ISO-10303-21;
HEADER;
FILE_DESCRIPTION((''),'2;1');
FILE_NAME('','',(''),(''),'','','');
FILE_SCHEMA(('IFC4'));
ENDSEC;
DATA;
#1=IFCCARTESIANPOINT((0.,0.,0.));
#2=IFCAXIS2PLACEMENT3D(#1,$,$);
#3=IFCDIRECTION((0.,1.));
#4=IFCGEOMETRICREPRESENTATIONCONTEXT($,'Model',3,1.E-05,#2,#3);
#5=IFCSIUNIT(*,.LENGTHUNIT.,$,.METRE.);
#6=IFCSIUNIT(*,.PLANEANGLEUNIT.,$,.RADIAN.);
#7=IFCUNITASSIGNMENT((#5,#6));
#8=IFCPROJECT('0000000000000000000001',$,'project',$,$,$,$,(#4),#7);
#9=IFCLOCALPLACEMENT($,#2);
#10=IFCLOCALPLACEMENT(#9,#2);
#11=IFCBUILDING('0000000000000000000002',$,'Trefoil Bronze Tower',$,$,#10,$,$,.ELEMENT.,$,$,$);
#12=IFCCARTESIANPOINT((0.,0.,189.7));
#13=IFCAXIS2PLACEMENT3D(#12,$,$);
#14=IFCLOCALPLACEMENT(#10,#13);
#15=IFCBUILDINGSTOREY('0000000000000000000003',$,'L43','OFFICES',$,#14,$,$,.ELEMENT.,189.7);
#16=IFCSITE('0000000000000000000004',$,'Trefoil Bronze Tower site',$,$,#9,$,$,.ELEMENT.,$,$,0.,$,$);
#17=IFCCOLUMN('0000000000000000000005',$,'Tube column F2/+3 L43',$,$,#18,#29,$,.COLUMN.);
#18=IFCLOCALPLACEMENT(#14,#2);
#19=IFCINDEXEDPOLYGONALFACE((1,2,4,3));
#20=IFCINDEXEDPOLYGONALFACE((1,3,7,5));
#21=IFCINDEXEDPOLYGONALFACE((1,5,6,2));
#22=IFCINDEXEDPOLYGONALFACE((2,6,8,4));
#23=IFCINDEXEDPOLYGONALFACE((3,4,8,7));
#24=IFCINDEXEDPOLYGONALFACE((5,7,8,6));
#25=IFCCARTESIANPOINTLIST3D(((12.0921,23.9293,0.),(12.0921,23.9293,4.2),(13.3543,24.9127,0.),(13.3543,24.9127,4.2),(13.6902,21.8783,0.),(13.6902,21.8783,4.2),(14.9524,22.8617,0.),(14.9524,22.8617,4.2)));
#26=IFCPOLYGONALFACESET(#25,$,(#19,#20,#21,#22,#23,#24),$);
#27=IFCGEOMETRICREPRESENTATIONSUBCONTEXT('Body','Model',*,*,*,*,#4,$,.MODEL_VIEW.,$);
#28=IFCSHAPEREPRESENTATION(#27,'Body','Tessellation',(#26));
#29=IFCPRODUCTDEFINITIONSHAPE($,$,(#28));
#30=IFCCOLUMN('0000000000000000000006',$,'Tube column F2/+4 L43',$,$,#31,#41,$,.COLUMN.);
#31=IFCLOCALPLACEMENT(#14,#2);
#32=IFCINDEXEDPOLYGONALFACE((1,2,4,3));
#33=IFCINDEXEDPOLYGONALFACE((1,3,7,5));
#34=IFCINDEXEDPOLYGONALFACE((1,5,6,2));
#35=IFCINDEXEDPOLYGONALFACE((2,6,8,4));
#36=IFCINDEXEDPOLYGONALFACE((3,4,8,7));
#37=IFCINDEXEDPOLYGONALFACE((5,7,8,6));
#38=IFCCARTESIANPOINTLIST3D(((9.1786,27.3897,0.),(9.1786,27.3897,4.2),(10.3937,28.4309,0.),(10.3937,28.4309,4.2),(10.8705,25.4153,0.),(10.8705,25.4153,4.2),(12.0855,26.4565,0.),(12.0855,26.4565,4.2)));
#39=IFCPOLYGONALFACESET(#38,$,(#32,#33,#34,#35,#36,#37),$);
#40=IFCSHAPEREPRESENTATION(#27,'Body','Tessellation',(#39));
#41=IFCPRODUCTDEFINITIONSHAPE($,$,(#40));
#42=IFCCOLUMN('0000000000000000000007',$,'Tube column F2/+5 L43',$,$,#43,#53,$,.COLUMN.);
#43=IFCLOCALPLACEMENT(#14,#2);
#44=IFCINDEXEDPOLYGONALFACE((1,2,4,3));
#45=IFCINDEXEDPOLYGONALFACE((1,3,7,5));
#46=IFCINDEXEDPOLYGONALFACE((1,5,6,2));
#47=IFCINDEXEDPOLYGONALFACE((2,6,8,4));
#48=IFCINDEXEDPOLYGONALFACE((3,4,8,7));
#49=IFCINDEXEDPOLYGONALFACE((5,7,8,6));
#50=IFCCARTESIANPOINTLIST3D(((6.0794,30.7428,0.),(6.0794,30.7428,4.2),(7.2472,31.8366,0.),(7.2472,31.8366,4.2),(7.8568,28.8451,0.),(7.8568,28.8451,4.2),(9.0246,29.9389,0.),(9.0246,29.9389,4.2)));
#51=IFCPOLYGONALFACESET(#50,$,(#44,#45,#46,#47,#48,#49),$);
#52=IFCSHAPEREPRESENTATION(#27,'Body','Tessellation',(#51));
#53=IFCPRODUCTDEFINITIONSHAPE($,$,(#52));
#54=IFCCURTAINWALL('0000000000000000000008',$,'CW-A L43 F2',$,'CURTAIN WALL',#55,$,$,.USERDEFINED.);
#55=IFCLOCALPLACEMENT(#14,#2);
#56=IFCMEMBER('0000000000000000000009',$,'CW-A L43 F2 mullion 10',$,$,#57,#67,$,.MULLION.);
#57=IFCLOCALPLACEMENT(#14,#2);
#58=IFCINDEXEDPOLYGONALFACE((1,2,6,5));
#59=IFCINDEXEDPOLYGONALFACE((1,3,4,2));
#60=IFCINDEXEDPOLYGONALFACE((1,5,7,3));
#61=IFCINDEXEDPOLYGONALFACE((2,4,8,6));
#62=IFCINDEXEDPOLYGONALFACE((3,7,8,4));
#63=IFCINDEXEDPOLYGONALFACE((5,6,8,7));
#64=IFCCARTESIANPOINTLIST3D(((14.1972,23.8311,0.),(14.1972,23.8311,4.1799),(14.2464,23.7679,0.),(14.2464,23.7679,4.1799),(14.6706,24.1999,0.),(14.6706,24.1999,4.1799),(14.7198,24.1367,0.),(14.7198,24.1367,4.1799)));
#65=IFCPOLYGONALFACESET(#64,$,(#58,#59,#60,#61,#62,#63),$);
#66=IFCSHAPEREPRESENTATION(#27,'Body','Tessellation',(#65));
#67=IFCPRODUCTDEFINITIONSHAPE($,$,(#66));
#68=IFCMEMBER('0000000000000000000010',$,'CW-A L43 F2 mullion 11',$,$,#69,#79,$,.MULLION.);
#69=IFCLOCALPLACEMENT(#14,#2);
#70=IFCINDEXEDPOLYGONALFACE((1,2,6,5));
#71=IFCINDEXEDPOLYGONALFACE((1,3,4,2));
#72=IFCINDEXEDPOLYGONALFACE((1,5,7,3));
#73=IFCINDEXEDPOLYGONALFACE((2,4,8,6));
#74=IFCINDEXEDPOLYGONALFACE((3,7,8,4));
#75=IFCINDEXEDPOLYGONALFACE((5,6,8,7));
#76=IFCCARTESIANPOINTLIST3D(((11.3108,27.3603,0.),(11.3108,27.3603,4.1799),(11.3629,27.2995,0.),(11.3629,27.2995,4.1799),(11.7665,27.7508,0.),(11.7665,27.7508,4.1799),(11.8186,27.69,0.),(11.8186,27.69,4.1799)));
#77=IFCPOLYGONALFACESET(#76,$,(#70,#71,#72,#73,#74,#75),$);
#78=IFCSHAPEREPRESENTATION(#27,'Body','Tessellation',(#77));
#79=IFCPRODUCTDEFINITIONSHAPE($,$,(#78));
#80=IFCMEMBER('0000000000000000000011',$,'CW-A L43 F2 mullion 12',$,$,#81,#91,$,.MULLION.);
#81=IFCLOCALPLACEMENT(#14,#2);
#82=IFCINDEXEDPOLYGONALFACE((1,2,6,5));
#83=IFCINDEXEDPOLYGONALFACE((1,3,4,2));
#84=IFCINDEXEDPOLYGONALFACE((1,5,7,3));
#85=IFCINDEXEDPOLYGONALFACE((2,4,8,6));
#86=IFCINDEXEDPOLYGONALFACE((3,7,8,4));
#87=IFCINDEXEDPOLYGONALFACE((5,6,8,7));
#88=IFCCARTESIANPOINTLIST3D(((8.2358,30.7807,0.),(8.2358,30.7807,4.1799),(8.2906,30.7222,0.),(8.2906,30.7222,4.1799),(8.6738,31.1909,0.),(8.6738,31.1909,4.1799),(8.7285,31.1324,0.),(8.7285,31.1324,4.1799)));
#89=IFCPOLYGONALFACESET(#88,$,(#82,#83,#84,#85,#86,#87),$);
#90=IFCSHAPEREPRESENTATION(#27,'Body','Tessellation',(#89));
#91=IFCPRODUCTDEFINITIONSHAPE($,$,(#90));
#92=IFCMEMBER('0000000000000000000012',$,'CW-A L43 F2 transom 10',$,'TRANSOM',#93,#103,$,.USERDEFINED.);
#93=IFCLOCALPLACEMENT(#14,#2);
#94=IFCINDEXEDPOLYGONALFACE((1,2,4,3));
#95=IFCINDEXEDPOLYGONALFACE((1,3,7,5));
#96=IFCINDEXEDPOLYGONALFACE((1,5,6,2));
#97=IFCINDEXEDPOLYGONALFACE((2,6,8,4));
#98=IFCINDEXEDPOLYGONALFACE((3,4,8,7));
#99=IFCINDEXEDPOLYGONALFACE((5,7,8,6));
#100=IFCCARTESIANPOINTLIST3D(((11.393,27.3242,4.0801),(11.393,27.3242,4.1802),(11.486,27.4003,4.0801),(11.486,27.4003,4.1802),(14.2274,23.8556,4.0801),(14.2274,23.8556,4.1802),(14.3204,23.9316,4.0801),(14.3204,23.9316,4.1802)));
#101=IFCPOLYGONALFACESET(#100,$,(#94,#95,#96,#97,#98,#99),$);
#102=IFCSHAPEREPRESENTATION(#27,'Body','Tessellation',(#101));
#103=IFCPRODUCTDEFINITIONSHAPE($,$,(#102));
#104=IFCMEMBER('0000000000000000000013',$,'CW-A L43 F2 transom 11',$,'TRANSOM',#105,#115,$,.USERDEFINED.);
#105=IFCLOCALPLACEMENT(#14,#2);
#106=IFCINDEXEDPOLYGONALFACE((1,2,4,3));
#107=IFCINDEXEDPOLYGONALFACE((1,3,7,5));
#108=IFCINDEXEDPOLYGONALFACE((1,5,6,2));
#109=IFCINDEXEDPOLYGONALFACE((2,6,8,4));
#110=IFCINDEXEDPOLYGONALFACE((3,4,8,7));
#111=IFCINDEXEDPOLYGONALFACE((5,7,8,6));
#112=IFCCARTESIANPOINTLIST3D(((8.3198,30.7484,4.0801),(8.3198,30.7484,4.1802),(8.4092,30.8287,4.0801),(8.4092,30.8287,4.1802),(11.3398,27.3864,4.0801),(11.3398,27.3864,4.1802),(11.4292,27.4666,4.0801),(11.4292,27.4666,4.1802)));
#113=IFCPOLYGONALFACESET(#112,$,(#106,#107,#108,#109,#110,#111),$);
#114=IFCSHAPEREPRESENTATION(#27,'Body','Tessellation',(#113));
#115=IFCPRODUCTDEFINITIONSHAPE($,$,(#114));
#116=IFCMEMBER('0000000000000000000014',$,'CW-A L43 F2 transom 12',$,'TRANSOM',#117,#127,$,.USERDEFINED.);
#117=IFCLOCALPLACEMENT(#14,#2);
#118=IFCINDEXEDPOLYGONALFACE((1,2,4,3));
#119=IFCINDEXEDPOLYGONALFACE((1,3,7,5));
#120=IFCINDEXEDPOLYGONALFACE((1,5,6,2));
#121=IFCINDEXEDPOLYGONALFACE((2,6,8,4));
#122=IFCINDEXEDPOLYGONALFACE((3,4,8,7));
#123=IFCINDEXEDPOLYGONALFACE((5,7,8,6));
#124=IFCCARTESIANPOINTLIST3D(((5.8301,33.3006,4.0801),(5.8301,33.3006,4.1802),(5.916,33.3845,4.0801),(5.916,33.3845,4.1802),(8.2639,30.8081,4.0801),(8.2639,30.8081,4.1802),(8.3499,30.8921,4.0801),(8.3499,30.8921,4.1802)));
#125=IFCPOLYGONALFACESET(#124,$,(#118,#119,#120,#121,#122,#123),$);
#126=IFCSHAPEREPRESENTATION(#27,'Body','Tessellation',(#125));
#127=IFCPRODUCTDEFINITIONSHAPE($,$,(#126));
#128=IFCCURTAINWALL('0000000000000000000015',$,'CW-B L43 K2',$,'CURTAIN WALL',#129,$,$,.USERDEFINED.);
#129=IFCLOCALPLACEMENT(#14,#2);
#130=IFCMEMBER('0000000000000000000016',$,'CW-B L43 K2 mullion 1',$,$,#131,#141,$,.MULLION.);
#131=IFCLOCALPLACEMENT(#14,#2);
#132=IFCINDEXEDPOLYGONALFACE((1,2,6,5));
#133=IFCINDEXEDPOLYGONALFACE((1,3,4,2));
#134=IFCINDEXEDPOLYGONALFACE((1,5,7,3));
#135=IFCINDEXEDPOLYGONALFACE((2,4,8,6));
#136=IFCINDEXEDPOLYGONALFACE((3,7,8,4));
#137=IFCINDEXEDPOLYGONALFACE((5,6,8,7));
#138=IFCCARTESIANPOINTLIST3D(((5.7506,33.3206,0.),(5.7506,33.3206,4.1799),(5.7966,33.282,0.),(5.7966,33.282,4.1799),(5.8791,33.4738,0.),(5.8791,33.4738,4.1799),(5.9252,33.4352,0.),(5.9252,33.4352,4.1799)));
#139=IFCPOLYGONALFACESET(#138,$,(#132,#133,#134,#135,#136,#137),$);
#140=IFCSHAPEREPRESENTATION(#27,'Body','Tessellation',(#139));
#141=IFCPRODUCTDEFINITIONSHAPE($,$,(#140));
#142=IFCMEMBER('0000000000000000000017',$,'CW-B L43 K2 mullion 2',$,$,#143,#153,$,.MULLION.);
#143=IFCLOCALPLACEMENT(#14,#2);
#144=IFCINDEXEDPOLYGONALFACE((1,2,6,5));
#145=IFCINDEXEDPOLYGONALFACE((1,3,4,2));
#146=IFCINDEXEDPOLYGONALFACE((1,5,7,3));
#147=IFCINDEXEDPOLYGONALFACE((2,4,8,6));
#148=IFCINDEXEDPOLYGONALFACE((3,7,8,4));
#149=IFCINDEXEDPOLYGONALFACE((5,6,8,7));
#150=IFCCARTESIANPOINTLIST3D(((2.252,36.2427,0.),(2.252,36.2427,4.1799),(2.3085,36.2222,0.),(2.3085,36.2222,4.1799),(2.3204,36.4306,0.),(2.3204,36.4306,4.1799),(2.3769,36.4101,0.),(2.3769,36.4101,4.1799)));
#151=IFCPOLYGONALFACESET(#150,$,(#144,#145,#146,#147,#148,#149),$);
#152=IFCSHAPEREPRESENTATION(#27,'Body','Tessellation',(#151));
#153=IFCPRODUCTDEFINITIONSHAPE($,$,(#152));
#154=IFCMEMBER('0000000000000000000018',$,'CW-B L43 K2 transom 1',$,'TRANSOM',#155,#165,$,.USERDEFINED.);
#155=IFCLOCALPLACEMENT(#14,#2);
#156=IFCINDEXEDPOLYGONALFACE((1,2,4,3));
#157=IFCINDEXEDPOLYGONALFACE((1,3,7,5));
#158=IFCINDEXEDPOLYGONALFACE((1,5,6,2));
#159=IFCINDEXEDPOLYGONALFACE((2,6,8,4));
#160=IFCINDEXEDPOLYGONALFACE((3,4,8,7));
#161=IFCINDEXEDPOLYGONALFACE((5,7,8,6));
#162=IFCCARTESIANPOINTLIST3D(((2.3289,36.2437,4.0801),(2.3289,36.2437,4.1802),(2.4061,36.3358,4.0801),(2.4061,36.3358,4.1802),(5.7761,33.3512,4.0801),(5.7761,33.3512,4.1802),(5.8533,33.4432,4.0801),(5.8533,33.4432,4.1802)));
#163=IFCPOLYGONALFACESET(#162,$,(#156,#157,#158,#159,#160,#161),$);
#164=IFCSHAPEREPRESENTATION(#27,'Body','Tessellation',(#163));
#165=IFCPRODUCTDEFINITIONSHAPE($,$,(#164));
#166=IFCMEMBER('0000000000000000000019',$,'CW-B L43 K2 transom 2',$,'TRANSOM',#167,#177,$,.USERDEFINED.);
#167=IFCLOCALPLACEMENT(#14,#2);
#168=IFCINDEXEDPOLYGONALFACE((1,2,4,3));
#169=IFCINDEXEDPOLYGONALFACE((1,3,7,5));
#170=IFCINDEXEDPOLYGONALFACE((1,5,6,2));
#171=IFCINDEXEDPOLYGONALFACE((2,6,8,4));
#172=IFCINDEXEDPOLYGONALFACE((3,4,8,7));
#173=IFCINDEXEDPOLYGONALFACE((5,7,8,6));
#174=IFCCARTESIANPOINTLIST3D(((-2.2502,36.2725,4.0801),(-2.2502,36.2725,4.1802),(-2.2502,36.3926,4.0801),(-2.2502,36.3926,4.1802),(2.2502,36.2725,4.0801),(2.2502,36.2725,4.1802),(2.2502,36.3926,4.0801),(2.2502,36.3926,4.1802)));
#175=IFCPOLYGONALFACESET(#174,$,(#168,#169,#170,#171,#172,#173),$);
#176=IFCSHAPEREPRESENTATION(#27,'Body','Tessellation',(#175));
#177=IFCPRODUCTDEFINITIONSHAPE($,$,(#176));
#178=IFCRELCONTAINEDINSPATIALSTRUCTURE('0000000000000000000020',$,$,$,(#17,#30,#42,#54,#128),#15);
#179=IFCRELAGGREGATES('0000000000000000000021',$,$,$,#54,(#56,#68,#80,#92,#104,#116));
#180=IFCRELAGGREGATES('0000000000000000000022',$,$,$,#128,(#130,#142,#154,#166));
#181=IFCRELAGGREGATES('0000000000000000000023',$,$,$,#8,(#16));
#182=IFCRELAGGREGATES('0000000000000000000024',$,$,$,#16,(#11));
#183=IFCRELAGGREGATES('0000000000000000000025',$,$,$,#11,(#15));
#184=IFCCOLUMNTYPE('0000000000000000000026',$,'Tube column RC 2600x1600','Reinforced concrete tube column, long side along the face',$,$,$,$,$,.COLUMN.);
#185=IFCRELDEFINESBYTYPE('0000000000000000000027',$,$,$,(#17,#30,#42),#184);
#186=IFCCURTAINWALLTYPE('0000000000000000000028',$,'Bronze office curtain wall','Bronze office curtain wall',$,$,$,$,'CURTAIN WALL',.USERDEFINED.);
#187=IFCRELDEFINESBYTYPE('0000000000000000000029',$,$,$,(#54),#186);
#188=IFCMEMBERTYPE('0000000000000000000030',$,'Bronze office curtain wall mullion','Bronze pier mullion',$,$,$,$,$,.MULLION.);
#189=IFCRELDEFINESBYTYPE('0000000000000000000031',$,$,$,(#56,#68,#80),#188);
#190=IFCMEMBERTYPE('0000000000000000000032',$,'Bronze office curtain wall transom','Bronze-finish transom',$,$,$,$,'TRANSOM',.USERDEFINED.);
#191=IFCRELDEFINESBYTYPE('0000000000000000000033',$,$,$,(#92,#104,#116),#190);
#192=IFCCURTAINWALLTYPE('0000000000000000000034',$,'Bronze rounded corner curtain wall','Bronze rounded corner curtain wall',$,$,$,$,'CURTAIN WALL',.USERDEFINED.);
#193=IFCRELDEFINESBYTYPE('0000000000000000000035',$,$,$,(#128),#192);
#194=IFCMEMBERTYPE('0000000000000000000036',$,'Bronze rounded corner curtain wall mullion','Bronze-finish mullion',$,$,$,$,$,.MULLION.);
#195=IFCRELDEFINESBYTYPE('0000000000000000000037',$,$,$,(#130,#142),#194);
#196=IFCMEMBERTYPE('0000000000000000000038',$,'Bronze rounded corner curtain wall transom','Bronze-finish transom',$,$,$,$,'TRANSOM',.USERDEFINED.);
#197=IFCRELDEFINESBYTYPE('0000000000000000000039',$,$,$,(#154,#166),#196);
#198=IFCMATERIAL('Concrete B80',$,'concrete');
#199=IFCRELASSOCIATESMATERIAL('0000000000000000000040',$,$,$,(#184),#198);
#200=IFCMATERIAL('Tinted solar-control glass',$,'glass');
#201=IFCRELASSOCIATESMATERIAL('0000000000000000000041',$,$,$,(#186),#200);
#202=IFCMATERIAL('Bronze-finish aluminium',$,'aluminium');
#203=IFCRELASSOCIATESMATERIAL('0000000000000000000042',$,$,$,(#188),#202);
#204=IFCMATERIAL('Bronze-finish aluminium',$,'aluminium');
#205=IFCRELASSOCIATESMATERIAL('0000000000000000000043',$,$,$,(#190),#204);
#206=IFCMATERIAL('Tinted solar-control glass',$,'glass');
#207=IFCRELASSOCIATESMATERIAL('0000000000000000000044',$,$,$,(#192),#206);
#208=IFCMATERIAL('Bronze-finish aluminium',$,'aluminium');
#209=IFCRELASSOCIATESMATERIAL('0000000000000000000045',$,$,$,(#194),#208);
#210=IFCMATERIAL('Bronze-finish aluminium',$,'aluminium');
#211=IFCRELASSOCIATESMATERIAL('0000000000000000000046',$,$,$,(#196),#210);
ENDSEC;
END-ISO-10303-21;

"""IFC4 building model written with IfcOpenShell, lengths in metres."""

from ifc_helpers import new_model, si_unit, direction, frame, origin, origin_2d, place, context, subcontext, project, spatial, rectangle, extrude, material, material_profile, profile_set, type_object, element, aggregate, save


model = new_model("IFC4")

# Units and contexts
model_context = context("Model", 3, precision=1e-05, world=origin(), true_north=direction((0.0, 1.0)))
body_context = subcontext(model_context, "Body", "Model", "MODEL_VIEW")
ifc_project = project(units=[si_unit("LENGTHUNIT", "METRE"), si_unit("PLANEANGLEUNIT", "RADIAN")], contexts=[model_context])

# Site, building, storey
site_placement = place(None, origin())
site = spatial("IfcSite", under=ifc_project, at=site_placement, Name="Trefoil Bronze Tower site", CompositionType="ELEMENT", RefElevation=0.0)
building_placement = place(site_placement, origin())
building = spatial("IfcBuilding", under=site, at=building_placement, Name="Trefoil Bronze Tower", CompositionType="ELEMENT")
storey_placement = place(building_placement, frame((0.0, 0.0, 189.7)))
storey = spatial("IfcBuildingStorey", under=building, at=storey_placement, Name="L43", Description="OFFICES", CompositionType="ELEMENT", Elevation=189.7)

# Columns
ifc_material_1 = material(Name="Concrete B80", Category="concrete")
ifc_material_profile_1 = material_profile(ifc_material_1, rectangle(XDim=2.6001, YDim=1.6001, at=origin_2d()), Name="RC 2600x1600")
ifc_profile_set_1 = profile_set([ifc_material_profile_1], Name="Concrete B80")
column_type = type_object("IfcColumnType", Name="Tube column RC 2600x1600", Description="Reinforced concrete tube column, long side along the face", PredefinedType="COLUMN", material=ifc_profile_set_1)
for number, where, z_axis, x_axis, name in (
    (1, (13.5222, 23.3955, 0.0), (0.0, 0.0, 1.0), (-0.614622, 0.788821, 0.0), "Tube column F2/+3 L43"),
    (2, (10.6321, 26.9231, 0.0), (0.0, 0.0, 1.0), (-0.650677, 0.759355, 0.0), "Tube column F2/+4 L43"),
    (3, (7.552, 30.3408, 0.0), (0.0, 0.0, 1.0), (-0.683597, 0.72986, 0.0), "Tube column F2/+5 L43"),
):
    element("IfcColumn", number, at=place(storey_placement, frame(where, z_axis=z_axis, x_axis=x_axis)), inside=storey, type_object=column_type, Name=name, PredefinedType="COLUMN", context=body_context, shape_type="SweptSolid", body=[
        extrude(rectangle(XDim=2.6001, YDim=1.6001, at=origin_2d()), origin(), (0.0, 0.0, 1.0), 4.2),
    ])

# Curtain walls, members
ifc_material_2 = material(Name="Tinted solar-control glass", Category="glass")
curtain_wall_type_1 = type_object("IfcCurtainWallType", Name="Bronze office curtain wall", Description="Bronze office curtain wall", ElementType="CURTAIN WALL", PredefinedType="USERDEFINED", material=ifc_material_2)
curtain_wall_1_placement = place(storey_placement, origin())
curtain_wall_1 = element("IfcCurtainWall", 4, at=curtain_wall_1_placement, inside=storey, type_object=curtain_wall_type_1, Name="CW-A L43 F2", ObjectType="CURTAIN WALL", PredefinedType="USERDEFINED")
ifc_material_3 = material(Name="Bronze-finish aluminium", Category="aluminium")
ifc_material_profile_2 = material_profile(ifc_material_3, rectangle(XDim=0.6001, YDim=0.0801, at=origin_2d()), Name="CW-A mullion")
ifc_profile_set_2 = profile_set([ifc_material_profile_2], Name="Bronze-finish aluminium")
member_type_1 = type_object("IfcMemberType", Name="Bronze office curtain wall mullion", Description="Bronze pier mullion", PredefinedType="MULLION", material=ifc_profile_set_2)
member_1_placement = place(storey_placement, frame((14.4585, 23.9839, 0.0), z_axis=(0.0, 0.0, 1.0), x_axis=(-0.788821, -0.614622, 0.0)))
member_1 = element("IfcMember", 5, at=member_1_placement, type_object=member_type_1, Name="CW-A L43 F2 mullion 10", PredefinedType="MULLION", context=body_context, shape_type="SweptSolid", body=[
    extrude(rectangle(XDim=0.6001, YDim=0.0801, at=origin_2d()), origin(), (0.0, 0.0, 1.0), 4.1799),
])
member_2_placement = place(storey_placement, frame((11.5647, 27.5251, 0.0), z_axis=(0.0, 0.0, 1.0), x_axis=(-0.759355, -0.650677, 0.0)))
member_2 = element("IfcMember", 6, at=member_2_placement, type_object=member_type_1, Name="CW-A L43 F2 mullion 11", PredefinedType="MULLION", context=body_context, shape_type="SweptSolid", body=[
    extrude(rectangle(XDim=0.6001, YDim=0.0801, at=origin_2d()), origin(), (0.0, 0.0, 1.0), 4.1799),
])
member_3_placement = place(storey_placement, frame((8.4822, 30.9565, 0.0), z_axis=(0.0, 0.0, 1.0), x_axis=(-0.72986, -0.683597, 0.0)))
member_3 = element("IfcMember", 7, at=member_3_placement, type_object=member_type_1, Name="CW-A L43 F2 mullion 12", PredefinedType="MULLION", context=body_context, shape_type="SweptSolid", body=[
    extrude(rectangle(XDim=0.6001, YDim=0.0801, at=origin_2d()), origin(), (0.0, 0.0, 1.0), 4.1799),
])
ifc_material_4 = material(Name="Bronze-finish aluminium", Category="aluminium")
ifc_material_profile_3 = material_profile(ifc_material_4, rectangle(XDim=0.1201, YDim=0.1001, at=origin_2d()), Name="CW-A transom")
ifc_profile_set_3 = profile_set([ifc_material_profile_3], Name="Bronze-finish aluminium")
member_type_2 = type_object("IfcMemberType", Name="Bronze office curtain wall transom", Description="Bronze-finish transom", ElementType="TRANSOM", PredefinedType="USERDEFINED", material=ifc_profile_set_3)
member_4_placement = place(storey_placement, frame((14.2739, 23.8936, 4.1301), z_axis=(-0.632757, 0.774351, 0.0), x_axis=(-0.774351, -0.632757, 0.0)))
member_4 = element("IfcMember", 8, at=member_4_placement, type_object=member_type_2, Name="CW-A L43 F2 transom 10", ObjectType="TRANSOM", PredefinedType="USERDEFINED", context=body_context, shape_type="SweptSolid", body=[
    extrude(rectangle(XDim=0.1201, YDim=0.1001, at=origin_2d()), origin(), (0.0, 0.0, 1.0), 4.4795),
])
member_5_placement = place(storey_placement, frame((11.3845, 27.4265, 4.1301), z_axis=(-0.668251, 0.743936, 0.0), x_axis=(-0.743936, -0.668251, 0.0)))
member_5 = element("IfcMember", 9, at=member_5_placement, type_object=member_type_2, Name="CW-A L43 F2 transom 11", ObjectType="TRANSOM", PredefinedType="USERDEFINED", context=body_context, shape_type="SweptSolid", body=[
    extrude(rectangle(XDim=0.1201, YDim=0.1001, at=origin_2d()), origin(), (0.0, 0.0, 1.0), 4.5193),
])
member_6_placement = place(storey_placement, frame((8.3069, 30.8501, 4.1301), z_axis=(-0.698647, 0.715467, 0.0), x_axis=(-0.715467, -0.698647, 0.0)))
member_6 = element("IfcMember", 10, at=member_6_placement, type_object=member_type_2, Name="CW-A L43 F2 transom 12", ObjectType="TRANSOM", PredefinedType="USERDEFINED", context=body_context, shape_type="SweptSolid", body=[
    extrude(rectangle(XDim=0.1201, YDim=0.1001, at=origin_2d()), origin(), (0.0, 0.0, 1.0), 3.4836),
])
ifc_material_5 = material(Name="Tinted solar-control glass", Category="glass")
curtain_wall_type_2 = type_object("IfcCurtainWallType", Name="Bronze rounded corner curtain wall", Description="Bronze rounded corner curtain wall", ElementType="CURTAIN WALL", PredefinedType="USERDEFINED", material=ifc_material_5)
curtain_wall_2_placement = place(storey_placement, origin())
curtain_wall_2 = element("IfcCurtainWall", 11, at=curtain_wall_2_placement, inside=storey, type_object=curtain_wall_type_2, Name="CW-B L43 K2", ObjectType="CURTAIN WALL", PredefinedType="USERDEFINED")
ifc_material_6 = material(Name="Bronze-finish aluminium", Category="aluminium")
ifc_material_profile_4 = material_profile(ifc_material_6, rectangle(XDim=0.2, YDim=0.0601, at=origin_2d()), Name="CW-B mullion")
ifc_profile_set_4 = profile_set([ifc_material_profile_4], Name="Bronze-finish aluminium")
member_type_3 = type_object("IfcMemberType", Name="Bronze rounded corner curtain wall mullion", Description="Bronze-finish mullion", PredefinedType="MULLION", material=ifc_profile_set_4)
member_7_placement = place(storey_placement, frame((5.8379, 33.3779, 0.0), z_axis=(0.0, 0.0, 1.0), x_axis=(-0.642788, -0.766044, 0.0)))
member_7 = element("IfcMember", 12, at=member_7_placement, type_object=member_type_3, Name="CW-B L43 K2 mullion 1", PredefinedType="MULLION", context=body_context, shape_type="SweptSolid", body=[
    extrude(rectangle(XDim=0.2, YDim=0.0601, at=origin_2d()), origin(), (0.0, 0.0, 1.0), 4.1799),
])
member_8_placement = place(storey_placement, frame((2.3145, 36.3264, 0.0), z_axis=(0.0, 0.0, 1.0), x_axis=(-0.34202, -0.939693, 0.0)))
member_8 = element("IfcMember", 13, at=member_8_placement, type_object=member_type_3, Name="CW-B L43 K2 mullion 2", PredefinedType="MULLION", context=body_context, shape_type="SweptSolid", body=[
    extrude(rectangle(XDim=0.2, YDim=0.0601, at=origin_2d()), origin(), (0.0, 0.0, 1.0), 4.1799),
])
ifc_material_7 = material(Name="Bronze-finish aluminium", Category="aluminium")
ifc_material_profile_5 = material_profile(ifc_material_7, rectangle(XDim=0.1201, YDim=0.1001, at=origin_2d()), Name="CW-B transom")
ifc_profile_set_5 = profile_set([ifc_material_profile_5], Name="Bronze-finish aluminium")
member_type_4 = type_object("IfcMemberType", Name="Bronze rounded corner curtain wall transom", Description="Bronze-finish transom", ElementType="TRANSOM", PredefinedType="USERDEFINED", material=ifc_profile_set_5)
member_9_placement = place(storey_placement, frame((5.8147, 33.3972, 4.1301), z_axis=(-0.766047, 0.642785, 0.0), x_axis=(-0.642785, -0.766047, 0.0)))
member_9 = element("IfcMember", 14, at=member_9_placement, type_object=member_type_4, Name="CW-B L43 K2 transom 1", ObjectType="TRANSOM", PredefinedType="USERDEFINED", context=body_context, shape_type="SweptSolid", body=[
    extrude(rectangle(XDim=0.1201, YDim=0.1001, at=origin_2d()), origin(), (0.0, 0.0, 1.0), 4.5),
])
member_10_placement = place(storey_placement, frame((2.2502, 36.3325, 4.1301), z_axis=(-1.0, 0.0, 0.0), x_axis=(0.0, -1.0, 0.0)))
member_10 = element("IfcMember", 15, at=member_10_placement, type_object=member_type_4, Name="CW-B L43 K2 transom 2", ObjectType="TRANSOM", PredefinedType="USERDEFINED", context=body_context, shape_type="SweptSolid", body=[
    extrude(rectangle(XDim=0.1201, YDim=0.1001, at=origin_2d()), origin(), (0.0, 0.0, 1.0), 4.5005),
])

aggregate(curtain_wall_1, [member_1, member_2, member_3, member_4, member_5, member_6])
aggregate(curtain_wall_2, [member_7, member_8, member_9, member_10])

save(model, "model.ifc")
